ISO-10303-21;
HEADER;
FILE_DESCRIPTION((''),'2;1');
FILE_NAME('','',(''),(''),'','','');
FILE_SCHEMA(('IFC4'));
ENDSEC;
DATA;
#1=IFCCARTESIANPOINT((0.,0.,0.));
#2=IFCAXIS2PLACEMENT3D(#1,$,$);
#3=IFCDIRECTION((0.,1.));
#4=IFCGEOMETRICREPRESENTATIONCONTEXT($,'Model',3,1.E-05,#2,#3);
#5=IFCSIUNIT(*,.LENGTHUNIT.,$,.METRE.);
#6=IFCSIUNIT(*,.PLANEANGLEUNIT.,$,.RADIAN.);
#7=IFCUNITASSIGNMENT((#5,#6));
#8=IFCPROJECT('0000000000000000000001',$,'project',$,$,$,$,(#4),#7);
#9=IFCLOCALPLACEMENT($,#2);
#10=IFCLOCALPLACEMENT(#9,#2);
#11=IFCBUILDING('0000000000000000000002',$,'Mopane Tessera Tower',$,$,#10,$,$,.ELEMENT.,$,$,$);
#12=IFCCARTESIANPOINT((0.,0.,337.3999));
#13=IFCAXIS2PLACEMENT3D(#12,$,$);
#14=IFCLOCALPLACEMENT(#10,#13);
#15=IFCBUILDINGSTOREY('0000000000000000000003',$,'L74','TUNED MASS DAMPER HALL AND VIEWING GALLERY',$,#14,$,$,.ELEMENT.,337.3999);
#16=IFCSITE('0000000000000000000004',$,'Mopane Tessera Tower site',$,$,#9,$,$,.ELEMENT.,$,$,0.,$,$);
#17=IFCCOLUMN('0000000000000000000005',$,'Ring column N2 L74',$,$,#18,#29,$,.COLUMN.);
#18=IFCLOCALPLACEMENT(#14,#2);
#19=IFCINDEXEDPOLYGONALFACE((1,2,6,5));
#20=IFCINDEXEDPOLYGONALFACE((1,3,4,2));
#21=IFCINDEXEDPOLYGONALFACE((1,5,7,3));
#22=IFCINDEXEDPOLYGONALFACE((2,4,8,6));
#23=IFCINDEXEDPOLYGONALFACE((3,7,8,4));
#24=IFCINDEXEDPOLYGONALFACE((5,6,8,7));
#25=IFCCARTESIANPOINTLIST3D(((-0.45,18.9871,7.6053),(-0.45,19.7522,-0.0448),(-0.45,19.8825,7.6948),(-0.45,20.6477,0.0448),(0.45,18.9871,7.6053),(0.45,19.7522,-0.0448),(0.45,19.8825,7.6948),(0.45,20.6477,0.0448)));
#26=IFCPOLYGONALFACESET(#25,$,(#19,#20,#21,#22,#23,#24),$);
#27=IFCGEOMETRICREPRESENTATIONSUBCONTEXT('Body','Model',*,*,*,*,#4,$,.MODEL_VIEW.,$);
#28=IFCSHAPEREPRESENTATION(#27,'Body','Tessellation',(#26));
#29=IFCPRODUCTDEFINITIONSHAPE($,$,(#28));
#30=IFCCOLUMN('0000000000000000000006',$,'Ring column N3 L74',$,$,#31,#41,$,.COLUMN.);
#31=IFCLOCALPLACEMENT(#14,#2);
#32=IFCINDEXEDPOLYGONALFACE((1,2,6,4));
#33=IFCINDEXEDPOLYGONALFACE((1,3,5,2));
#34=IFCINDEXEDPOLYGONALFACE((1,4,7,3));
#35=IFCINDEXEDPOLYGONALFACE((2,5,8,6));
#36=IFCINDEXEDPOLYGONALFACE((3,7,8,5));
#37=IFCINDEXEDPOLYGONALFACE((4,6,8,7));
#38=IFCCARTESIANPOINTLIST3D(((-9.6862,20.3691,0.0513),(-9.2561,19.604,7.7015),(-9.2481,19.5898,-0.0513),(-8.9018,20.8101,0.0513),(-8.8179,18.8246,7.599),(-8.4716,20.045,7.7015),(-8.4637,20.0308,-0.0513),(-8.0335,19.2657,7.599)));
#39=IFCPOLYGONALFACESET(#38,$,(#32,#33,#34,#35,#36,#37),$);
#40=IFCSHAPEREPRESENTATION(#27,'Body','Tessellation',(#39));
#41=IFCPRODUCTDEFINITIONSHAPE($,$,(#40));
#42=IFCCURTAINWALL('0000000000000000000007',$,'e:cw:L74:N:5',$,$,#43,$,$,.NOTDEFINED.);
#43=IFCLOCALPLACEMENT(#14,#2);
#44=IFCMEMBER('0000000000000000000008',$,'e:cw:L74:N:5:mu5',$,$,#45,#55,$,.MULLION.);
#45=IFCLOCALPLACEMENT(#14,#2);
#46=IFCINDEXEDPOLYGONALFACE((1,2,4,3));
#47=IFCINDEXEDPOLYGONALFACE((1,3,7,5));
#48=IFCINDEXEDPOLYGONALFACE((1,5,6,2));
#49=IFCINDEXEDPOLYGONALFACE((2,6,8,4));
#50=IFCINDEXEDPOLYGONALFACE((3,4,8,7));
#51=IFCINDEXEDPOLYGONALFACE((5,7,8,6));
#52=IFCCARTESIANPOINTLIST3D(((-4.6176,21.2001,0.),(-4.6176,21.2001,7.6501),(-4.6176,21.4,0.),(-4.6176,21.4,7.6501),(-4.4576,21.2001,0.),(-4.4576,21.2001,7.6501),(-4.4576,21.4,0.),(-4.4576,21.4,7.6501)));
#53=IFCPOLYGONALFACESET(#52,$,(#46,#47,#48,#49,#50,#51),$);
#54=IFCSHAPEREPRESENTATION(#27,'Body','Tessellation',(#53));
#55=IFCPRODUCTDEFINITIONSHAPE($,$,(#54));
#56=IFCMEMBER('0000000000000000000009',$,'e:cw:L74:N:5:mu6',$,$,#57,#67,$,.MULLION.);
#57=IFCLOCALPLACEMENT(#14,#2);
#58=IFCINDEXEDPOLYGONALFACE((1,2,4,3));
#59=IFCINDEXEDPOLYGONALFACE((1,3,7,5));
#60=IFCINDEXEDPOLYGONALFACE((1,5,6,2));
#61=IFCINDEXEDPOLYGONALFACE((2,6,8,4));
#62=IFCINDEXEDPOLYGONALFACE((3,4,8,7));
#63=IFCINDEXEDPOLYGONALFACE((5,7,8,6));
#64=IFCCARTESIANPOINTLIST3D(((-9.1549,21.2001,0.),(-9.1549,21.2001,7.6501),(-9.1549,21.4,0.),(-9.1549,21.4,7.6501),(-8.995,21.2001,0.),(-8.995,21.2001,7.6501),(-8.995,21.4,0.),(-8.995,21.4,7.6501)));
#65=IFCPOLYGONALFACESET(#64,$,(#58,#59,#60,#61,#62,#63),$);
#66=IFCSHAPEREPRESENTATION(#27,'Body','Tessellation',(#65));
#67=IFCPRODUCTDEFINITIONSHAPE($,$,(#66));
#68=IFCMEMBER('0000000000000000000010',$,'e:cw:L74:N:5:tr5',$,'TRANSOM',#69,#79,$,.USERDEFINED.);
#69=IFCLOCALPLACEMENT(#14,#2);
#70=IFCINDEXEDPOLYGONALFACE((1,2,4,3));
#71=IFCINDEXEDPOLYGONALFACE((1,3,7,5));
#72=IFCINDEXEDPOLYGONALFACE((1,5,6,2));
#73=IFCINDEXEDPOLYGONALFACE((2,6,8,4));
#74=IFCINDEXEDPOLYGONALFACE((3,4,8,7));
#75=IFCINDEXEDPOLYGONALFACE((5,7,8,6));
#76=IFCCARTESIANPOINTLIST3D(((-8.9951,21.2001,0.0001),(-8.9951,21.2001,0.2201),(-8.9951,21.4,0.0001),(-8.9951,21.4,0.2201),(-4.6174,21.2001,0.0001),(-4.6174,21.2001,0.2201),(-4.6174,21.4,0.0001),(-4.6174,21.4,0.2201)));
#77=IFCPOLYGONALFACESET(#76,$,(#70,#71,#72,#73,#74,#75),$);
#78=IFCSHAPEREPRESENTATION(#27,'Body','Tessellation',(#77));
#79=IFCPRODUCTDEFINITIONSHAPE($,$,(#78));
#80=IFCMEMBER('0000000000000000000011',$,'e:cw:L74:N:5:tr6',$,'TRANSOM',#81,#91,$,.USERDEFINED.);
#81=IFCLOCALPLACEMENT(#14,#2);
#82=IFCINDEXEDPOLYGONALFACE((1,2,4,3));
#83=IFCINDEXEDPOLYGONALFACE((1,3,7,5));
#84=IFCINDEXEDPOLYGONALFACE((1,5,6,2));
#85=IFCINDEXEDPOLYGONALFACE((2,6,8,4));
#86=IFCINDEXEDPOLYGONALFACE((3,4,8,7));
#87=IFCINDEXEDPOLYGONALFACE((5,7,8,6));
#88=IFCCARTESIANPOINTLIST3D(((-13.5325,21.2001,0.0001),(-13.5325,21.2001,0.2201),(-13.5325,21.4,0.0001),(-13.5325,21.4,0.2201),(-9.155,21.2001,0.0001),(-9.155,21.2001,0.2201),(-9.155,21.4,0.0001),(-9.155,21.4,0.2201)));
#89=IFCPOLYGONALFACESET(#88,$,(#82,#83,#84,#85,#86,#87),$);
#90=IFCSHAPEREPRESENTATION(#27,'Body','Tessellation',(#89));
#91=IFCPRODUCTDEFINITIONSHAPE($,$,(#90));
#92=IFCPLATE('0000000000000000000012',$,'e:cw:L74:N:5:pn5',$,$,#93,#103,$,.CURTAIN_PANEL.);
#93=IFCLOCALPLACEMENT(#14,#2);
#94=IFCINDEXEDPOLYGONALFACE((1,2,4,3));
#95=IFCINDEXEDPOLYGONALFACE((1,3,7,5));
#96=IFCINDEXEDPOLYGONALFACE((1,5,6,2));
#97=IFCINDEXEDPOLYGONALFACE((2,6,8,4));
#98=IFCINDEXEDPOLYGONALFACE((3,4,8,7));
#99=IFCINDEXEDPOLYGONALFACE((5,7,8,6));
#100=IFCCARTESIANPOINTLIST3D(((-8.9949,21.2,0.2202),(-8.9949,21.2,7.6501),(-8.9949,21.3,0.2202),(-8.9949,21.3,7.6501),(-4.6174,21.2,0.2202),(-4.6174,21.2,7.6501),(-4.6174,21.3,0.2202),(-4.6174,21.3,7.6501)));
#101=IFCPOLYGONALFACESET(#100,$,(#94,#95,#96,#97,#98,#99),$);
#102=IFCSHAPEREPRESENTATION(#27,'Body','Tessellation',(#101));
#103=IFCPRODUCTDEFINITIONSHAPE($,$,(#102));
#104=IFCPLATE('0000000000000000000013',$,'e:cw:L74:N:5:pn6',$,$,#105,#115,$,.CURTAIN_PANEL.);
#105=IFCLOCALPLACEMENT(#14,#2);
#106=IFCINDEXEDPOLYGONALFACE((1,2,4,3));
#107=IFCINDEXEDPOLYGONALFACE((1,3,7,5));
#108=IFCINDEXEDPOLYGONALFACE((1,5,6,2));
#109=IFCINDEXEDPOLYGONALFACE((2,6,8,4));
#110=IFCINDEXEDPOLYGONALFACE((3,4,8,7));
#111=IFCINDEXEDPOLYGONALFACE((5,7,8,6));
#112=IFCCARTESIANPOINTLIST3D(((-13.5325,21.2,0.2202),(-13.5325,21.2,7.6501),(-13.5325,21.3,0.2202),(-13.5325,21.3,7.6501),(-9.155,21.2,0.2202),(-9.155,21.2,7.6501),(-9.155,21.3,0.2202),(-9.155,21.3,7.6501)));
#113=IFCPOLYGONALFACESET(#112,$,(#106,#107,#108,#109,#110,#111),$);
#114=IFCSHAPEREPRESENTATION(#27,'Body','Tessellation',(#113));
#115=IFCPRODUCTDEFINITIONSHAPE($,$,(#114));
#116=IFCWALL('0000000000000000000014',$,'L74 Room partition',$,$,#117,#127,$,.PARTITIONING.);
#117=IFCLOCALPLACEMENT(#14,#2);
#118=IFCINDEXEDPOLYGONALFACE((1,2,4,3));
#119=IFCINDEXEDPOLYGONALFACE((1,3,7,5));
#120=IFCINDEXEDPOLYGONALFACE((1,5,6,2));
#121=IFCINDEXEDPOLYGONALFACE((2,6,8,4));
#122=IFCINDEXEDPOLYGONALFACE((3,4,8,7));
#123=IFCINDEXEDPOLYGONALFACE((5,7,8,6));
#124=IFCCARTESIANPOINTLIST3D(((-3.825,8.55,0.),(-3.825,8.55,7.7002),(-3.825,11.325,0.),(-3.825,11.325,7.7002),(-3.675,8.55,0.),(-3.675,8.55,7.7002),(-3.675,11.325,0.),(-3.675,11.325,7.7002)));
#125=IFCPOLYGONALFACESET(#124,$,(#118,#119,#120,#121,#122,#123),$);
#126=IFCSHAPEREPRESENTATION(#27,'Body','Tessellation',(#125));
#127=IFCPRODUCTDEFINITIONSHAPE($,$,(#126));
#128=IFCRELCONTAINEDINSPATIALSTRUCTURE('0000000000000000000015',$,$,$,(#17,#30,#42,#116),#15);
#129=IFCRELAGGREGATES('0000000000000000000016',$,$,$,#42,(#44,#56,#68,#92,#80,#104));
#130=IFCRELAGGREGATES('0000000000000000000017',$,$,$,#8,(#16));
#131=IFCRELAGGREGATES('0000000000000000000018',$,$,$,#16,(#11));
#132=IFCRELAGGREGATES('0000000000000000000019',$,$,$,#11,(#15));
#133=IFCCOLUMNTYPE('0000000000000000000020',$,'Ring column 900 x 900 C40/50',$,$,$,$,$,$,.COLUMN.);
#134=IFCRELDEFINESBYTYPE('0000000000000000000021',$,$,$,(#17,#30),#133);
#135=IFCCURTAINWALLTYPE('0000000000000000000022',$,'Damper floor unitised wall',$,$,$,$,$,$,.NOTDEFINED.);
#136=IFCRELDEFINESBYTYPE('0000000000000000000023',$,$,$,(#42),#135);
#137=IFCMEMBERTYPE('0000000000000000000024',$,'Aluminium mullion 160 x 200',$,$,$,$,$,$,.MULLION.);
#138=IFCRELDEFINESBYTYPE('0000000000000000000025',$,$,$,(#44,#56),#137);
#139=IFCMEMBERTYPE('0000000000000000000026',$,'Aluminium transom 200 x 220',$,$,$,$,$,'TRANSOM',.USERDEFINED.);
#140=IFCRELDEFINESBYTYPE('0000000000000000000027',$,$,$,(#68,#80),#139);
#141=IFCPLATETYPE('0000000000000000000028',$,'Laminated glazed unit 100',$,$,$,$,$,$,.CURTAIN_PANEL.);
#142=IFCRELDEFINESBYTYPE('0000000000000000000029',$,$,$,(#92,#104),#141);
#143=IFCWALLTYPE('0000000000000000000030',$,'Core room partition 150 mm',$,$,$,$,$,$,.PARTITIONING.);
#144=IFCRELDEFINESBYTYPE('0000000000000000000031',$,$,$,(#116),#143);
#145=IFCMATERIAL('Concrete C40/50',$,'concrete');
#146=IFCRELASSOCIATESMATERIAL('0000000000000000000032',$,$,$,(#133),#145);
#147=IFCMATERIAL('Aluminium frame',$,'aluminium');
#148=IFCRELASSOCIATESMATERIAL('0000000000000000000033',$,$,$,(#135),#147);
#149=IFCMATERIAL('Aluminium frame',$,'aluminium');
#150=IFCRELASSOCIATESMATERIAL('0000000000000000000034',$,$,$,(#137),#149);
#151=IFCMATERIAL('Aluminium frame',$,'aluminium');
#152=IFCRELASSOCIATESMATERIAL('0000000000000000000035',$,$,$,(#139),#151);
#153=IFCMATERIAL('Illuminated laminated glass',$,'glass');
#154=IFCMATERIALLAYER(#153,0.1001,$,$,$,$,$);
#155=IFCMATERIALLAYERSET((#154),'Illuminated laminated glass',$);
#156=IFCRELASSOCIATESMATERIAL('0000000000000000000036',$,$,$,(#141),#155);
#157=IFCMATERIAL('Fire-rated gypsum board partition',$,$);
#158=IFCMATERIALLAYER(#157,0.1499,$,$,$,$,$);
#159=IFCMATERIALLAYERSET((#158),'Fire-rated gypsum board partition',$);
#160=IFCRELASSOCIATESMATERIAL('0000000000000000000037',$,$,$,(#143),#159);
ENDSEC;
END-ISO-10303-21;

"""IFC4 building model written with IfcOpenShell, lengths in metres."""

from ifc_helpers import new_model, si_unit, direction, frame, frame_2d, origin, origin_2d, place, context, subcontext, project, spatial, rectangle, extrude, material, layer, layer_set, material_profile, profile_set, type_object, element, aggregate, save


model = new_model("IFC4")

# Units and contexts
model_context = context("Model", 3, precision=1e-05, world=origin(), true_north=direction((0.0, 1.0)))
body_context = subcontext(model_context, "Body", "Model", "MODEL_VIEW")
ifc_project = project(units=[si_unit("LENGTHUNIT", "METRE"), si_unit("PLANEANGLEUNIT", "RADIAN")], contexts=[model_context])

# Site, building, storey
site_placement = place(None, origin())
site = spatial("IfcSite", under=ifc_project, at=site_placement, Name="Mopane Tessera Tower site", CompositionType="ELEMENT", RefElevation=0.0)
building_placement = place(site_placement, origin())
building = spatial("IfcBuilding", under=site, at=building_placement, Name="Mopane Tessera Tower", CompositionType="ELEMENT")
storey_placement = place(building_placement, frame((0.0, 0.0, 337.3999)))
storey = spatial("IfcBuildingStorey", under=building, at=storey_placement, Name="L74", Description="TUNED MASS DAMPER HALL AND VIEWING GALLERY", CompositionType="ELEMENT", Elevation=337.3999)

# Columns
ifc_material_1 = material(Name="Concrete C40/50", Category="concrete")
ifc_material_profile_1 = material_profile(ifc_material_1, rectangle(XDim=0.8999, YDim=0.8999, at=origin_2d()))
ifc_profile_set_1 = profile_set([ifc_material_profile_1], Name="Concrete C40/50")
column_type = type_object("IfcColumnType", Name="Ring column 900 x 900 C40/50", PredefinedType="COLUMN", material=ifc_profile_set_1)
column_1_placement = place(storey_placement, frame((0.0, 20.2, 0.0), z_axis=(0.0, -0.099519, 0.995036), x_axis=(1.0, 0.0, 0.0)))
element("IfcColumn", 1, at=column_1_placement, inside=storey, type_object=column_type, Name="Ring column N2 L74", PredefinedType="COLUMN", context=body_context, shape_type="SweptSolid", body=[
    extrude(rectangle(XDim=0.8999, YDim=0.8999, at=origin_2d()), origin(), (0.0, 0.0, 1.0), 7.6882),
])
column_2_placement = place(storey_placement, frame((-9.075, 20.2, 0.0), z_axis=(0.055865, -0.099364, 0.993482), x_axis=(0.87168, 0.490076, 0.0)))
element("IfcColumn", 2, at=column_2_placement, inside=storey, type_object=column_type, Name="Ring column N3 L74", PredefinedType="COLUMN", context=body_context, shape_type="SweptSolid", body=[
    extrude(rectangle(XDim=0.8999, YDim=0.8999, at=origin_2d()), origin(), (0.0, 0.0, 1.0), 7.7004),
])

# Curtain wall, members, plates
ifc_material_2 = material(Name="Aluminium frame", Category="aluminium")
curtain_wall_type = type_object("IfcCurtainWallType", Name="Damper floor unitised wall", PredefinedType="NOTDEFINED", material=ifc_material_2)
curtain_wall_placement = place(storey_placement, origin())
curtain_wall = element("IfcCurtainWall", 3, at=curtain_wall_placement, inside=storey, type_object=curtain_wall_type, Name="e:cw:L74:N:5", PredefinedType="NOTDEFINED")
ifc_material_3 = material(Name="Aluminium frame", Category="aluminium")
ifc_material_profile_2 = material_profile(ifc_material_3, rectangle(XDim=0.1599, YDim=0.2, at=origin_2d()))
ifc_profile_set_2 = profile_set([ifc_material_profile_2], Name="Aluminium frame")
member_type_1 = type_object("IfcMemberType", Name="Aluminium mullion 160 x 200", PredefinedType="MULLION", material=ifc_profile_set_2)
member_1_placement = place(storey_placement, frame((-4.5376, 21.3, 0.0), z_axis=(0.0, 0.0, 1.0), x_axis=(-1.0, 0.0, 0.0)))
member_1 = element("IfcMember", 4, at=member_1_placement, type_object=member_type_1, Name="e:cw:L74:N:5:mu5", PredefinedType="MULLION", context=body_context, shape_type="SweptSolid", body=[
    extrude(rectangle(XDim=0.1599, YDim=0.2, at=origin_2d()), origin(), (0.0, 0.0, 1.0), 7.6501),
])
member_2_placement = place(storey_placement, frame((-9.075, 21.3, 0.0), z_axis=(0.0, 0.0, 1.0), x_axis=(-1.0, 0.0, 0.0)))
member_2 = element("IfcMember", 5, at=member_2_placement, type_object=member_type_1, Name="e:cw:L74:N:5:mu6", PredefinedType="MULLION", context=body_context, shape_type="SweptSolid", body=[
    extrude(rectangle(XDim=0.1599, YDim=0.2, at=origin_2d()), origin(), (0.0, 0.0, 1.0), 7.6501),
])
ifc_material_4 = material(Name="Aluminium frame", Category="aluminium")
ifc_material_profile_3 = material_profile(ifc_material_4, rectangle(XDim=0.2, YDim=0.22, at=origin_2d()))
ifc_profile_set_3 = profile_set([ifc_material_profile_3], Name="Aluminium frame")
member_type_2 = type_object("IfcMemberType", Name="Aluminium transom 200 x 220", ElementType="TRANSOM", PredefinedType="USERDEFINED", material=ifc_profile_set_3)
member_3_placement = place(storey_placement, frame((-4.6174, 21.3, 0.1101), z_axis=(-1.0, 0.0, 0.0), x_axis=(0.0, -1.0, 0.0)))
member_3 = element("IfcMember", 6, at=member_3_placement, type_object=member_type_2, Name="e:cw:L74:N:5:tr5", ObjectType="TRANSOM", PredefinedType="USERDEFINED", context=body_context, shape_type="SweptSolid", body=[
    extrude(rectangle(XDim=0.2, YDim=0.22, at=origin_2d()), origin(), (0.0, 0.0, 1.0), 4.3777),
])
member_4_placement = place(storey_placement, frame((-9.155, 21.3, 0.1101), z_axis=(-1.0, 0.0, 0.0), x_axis=(0.0, -1.0, 0.0)))
member_4 = element("IfcMember", 7, at=member_4_placement, type_object=member_type_2, Name="e:cw:L74:N:5:tr6", ObjectType="TRANSOM", PredefinedType="USERDEFINED", context=body_context, shape_type="SweptSolid", body=[
    extrude(rectangle(XDim=0.2, YDim=0.22, at=origin_2d()), origin(), (0.0, 0.0, 1.0), 4.3774),
])
ifc_material_5 = material(Name="Illuminated laminated glass", Category="glass")
ifc_layer_1 = layer(ifc_material_5, 0.1001)
ifc_layer_set_1 = layer_set([ifc_layer_1], Name="Illuminated laminated glass")
plate_type = type_object("IfcPlateType", Name="Laminated glazed unit 100", PredefinedType="CURTAIN_PANEL", material=ifc_layer_set_1)
plate_1_placement = place(storey_placement, frame((-6.8062, 21.25, 0.2202), z_axis=(0.0, 0.0, 1.0), x_axis=(-1.0, 0.0, 0.0)))
plate_1 = element("IfcPlate", 8, at=plate_1_placement, type_object=plate_type, Name="e:cw:L74:N:5:pn5", PredefinedType="CURTAIN_PANEL", context=body_context, shape_type="SweptSolid", body=[
    extrude(rectangle(XDim=4.3774, YDim=0.1001, at=origin_2d()), origin(), (0.0, 0.0, 1.0), 7.4299),
])
plate_2_placement = place(storey_placement, frame((-11.3438, 21.25, 0.2202), z_axis=(0.0, 0.0, 1.0), x_axis=(-1.0, 0.0, 0.0)))
plate_2 = element("IfcPlate", 9, at=plate_2_placement, type_object=plate_type, Name="e:cw:L74:N:5:pn6", PredefinedType="CURTAIN_PANEL", context=body_context, shape_type="SweptSolid", body=[
    extrude(rectangle(XDim=4.3774, YDim=0.1001, at=origin_2d()), origin(), (0.0, 0.0, 1.0), 7.4299),
])
aggregate(curtain_wall, [member_1, member_2, member_3, plate_1, member_4, plate_2])

# Wall
ifc_material_6 = material(Name="Fire-rated gypsum board partition")
ifc_layer_2 = layer(ifc_material_6, 0.1499)
ifc_layer_set_2 = layer_set([ifc_layer_2], Name="Fire-rated gypsum board partition")
wall_type_1 = type_object("IfcWallType", Name="Core room partition 150 mm", PredefinedType="PARTITIONING", material=ifc_layer_set_2)
wall_1_placement = place(storey_placement, frame((-3.75, 8.55, 0.0), z_axis=(0.0, 0.0, 1.0), x_axis=(0.0, 1.0, 0.0)))
element("IfcWall", 10, at=wall_1_placement, inside=storey, type_object=wall_type_1, Name="L74 Room partition", PredefinedType="PARTITIONING", context=body_context, shape_type="SweptSolid", body=[
    extrude(rectangle(XDim=2.7749, YDim=0.1499, at=frame_2d((1.3875, 0.0))), origin(), (0.0, 0.0, 1.0), 7.7002),
])

save(model, "model.ifc")
